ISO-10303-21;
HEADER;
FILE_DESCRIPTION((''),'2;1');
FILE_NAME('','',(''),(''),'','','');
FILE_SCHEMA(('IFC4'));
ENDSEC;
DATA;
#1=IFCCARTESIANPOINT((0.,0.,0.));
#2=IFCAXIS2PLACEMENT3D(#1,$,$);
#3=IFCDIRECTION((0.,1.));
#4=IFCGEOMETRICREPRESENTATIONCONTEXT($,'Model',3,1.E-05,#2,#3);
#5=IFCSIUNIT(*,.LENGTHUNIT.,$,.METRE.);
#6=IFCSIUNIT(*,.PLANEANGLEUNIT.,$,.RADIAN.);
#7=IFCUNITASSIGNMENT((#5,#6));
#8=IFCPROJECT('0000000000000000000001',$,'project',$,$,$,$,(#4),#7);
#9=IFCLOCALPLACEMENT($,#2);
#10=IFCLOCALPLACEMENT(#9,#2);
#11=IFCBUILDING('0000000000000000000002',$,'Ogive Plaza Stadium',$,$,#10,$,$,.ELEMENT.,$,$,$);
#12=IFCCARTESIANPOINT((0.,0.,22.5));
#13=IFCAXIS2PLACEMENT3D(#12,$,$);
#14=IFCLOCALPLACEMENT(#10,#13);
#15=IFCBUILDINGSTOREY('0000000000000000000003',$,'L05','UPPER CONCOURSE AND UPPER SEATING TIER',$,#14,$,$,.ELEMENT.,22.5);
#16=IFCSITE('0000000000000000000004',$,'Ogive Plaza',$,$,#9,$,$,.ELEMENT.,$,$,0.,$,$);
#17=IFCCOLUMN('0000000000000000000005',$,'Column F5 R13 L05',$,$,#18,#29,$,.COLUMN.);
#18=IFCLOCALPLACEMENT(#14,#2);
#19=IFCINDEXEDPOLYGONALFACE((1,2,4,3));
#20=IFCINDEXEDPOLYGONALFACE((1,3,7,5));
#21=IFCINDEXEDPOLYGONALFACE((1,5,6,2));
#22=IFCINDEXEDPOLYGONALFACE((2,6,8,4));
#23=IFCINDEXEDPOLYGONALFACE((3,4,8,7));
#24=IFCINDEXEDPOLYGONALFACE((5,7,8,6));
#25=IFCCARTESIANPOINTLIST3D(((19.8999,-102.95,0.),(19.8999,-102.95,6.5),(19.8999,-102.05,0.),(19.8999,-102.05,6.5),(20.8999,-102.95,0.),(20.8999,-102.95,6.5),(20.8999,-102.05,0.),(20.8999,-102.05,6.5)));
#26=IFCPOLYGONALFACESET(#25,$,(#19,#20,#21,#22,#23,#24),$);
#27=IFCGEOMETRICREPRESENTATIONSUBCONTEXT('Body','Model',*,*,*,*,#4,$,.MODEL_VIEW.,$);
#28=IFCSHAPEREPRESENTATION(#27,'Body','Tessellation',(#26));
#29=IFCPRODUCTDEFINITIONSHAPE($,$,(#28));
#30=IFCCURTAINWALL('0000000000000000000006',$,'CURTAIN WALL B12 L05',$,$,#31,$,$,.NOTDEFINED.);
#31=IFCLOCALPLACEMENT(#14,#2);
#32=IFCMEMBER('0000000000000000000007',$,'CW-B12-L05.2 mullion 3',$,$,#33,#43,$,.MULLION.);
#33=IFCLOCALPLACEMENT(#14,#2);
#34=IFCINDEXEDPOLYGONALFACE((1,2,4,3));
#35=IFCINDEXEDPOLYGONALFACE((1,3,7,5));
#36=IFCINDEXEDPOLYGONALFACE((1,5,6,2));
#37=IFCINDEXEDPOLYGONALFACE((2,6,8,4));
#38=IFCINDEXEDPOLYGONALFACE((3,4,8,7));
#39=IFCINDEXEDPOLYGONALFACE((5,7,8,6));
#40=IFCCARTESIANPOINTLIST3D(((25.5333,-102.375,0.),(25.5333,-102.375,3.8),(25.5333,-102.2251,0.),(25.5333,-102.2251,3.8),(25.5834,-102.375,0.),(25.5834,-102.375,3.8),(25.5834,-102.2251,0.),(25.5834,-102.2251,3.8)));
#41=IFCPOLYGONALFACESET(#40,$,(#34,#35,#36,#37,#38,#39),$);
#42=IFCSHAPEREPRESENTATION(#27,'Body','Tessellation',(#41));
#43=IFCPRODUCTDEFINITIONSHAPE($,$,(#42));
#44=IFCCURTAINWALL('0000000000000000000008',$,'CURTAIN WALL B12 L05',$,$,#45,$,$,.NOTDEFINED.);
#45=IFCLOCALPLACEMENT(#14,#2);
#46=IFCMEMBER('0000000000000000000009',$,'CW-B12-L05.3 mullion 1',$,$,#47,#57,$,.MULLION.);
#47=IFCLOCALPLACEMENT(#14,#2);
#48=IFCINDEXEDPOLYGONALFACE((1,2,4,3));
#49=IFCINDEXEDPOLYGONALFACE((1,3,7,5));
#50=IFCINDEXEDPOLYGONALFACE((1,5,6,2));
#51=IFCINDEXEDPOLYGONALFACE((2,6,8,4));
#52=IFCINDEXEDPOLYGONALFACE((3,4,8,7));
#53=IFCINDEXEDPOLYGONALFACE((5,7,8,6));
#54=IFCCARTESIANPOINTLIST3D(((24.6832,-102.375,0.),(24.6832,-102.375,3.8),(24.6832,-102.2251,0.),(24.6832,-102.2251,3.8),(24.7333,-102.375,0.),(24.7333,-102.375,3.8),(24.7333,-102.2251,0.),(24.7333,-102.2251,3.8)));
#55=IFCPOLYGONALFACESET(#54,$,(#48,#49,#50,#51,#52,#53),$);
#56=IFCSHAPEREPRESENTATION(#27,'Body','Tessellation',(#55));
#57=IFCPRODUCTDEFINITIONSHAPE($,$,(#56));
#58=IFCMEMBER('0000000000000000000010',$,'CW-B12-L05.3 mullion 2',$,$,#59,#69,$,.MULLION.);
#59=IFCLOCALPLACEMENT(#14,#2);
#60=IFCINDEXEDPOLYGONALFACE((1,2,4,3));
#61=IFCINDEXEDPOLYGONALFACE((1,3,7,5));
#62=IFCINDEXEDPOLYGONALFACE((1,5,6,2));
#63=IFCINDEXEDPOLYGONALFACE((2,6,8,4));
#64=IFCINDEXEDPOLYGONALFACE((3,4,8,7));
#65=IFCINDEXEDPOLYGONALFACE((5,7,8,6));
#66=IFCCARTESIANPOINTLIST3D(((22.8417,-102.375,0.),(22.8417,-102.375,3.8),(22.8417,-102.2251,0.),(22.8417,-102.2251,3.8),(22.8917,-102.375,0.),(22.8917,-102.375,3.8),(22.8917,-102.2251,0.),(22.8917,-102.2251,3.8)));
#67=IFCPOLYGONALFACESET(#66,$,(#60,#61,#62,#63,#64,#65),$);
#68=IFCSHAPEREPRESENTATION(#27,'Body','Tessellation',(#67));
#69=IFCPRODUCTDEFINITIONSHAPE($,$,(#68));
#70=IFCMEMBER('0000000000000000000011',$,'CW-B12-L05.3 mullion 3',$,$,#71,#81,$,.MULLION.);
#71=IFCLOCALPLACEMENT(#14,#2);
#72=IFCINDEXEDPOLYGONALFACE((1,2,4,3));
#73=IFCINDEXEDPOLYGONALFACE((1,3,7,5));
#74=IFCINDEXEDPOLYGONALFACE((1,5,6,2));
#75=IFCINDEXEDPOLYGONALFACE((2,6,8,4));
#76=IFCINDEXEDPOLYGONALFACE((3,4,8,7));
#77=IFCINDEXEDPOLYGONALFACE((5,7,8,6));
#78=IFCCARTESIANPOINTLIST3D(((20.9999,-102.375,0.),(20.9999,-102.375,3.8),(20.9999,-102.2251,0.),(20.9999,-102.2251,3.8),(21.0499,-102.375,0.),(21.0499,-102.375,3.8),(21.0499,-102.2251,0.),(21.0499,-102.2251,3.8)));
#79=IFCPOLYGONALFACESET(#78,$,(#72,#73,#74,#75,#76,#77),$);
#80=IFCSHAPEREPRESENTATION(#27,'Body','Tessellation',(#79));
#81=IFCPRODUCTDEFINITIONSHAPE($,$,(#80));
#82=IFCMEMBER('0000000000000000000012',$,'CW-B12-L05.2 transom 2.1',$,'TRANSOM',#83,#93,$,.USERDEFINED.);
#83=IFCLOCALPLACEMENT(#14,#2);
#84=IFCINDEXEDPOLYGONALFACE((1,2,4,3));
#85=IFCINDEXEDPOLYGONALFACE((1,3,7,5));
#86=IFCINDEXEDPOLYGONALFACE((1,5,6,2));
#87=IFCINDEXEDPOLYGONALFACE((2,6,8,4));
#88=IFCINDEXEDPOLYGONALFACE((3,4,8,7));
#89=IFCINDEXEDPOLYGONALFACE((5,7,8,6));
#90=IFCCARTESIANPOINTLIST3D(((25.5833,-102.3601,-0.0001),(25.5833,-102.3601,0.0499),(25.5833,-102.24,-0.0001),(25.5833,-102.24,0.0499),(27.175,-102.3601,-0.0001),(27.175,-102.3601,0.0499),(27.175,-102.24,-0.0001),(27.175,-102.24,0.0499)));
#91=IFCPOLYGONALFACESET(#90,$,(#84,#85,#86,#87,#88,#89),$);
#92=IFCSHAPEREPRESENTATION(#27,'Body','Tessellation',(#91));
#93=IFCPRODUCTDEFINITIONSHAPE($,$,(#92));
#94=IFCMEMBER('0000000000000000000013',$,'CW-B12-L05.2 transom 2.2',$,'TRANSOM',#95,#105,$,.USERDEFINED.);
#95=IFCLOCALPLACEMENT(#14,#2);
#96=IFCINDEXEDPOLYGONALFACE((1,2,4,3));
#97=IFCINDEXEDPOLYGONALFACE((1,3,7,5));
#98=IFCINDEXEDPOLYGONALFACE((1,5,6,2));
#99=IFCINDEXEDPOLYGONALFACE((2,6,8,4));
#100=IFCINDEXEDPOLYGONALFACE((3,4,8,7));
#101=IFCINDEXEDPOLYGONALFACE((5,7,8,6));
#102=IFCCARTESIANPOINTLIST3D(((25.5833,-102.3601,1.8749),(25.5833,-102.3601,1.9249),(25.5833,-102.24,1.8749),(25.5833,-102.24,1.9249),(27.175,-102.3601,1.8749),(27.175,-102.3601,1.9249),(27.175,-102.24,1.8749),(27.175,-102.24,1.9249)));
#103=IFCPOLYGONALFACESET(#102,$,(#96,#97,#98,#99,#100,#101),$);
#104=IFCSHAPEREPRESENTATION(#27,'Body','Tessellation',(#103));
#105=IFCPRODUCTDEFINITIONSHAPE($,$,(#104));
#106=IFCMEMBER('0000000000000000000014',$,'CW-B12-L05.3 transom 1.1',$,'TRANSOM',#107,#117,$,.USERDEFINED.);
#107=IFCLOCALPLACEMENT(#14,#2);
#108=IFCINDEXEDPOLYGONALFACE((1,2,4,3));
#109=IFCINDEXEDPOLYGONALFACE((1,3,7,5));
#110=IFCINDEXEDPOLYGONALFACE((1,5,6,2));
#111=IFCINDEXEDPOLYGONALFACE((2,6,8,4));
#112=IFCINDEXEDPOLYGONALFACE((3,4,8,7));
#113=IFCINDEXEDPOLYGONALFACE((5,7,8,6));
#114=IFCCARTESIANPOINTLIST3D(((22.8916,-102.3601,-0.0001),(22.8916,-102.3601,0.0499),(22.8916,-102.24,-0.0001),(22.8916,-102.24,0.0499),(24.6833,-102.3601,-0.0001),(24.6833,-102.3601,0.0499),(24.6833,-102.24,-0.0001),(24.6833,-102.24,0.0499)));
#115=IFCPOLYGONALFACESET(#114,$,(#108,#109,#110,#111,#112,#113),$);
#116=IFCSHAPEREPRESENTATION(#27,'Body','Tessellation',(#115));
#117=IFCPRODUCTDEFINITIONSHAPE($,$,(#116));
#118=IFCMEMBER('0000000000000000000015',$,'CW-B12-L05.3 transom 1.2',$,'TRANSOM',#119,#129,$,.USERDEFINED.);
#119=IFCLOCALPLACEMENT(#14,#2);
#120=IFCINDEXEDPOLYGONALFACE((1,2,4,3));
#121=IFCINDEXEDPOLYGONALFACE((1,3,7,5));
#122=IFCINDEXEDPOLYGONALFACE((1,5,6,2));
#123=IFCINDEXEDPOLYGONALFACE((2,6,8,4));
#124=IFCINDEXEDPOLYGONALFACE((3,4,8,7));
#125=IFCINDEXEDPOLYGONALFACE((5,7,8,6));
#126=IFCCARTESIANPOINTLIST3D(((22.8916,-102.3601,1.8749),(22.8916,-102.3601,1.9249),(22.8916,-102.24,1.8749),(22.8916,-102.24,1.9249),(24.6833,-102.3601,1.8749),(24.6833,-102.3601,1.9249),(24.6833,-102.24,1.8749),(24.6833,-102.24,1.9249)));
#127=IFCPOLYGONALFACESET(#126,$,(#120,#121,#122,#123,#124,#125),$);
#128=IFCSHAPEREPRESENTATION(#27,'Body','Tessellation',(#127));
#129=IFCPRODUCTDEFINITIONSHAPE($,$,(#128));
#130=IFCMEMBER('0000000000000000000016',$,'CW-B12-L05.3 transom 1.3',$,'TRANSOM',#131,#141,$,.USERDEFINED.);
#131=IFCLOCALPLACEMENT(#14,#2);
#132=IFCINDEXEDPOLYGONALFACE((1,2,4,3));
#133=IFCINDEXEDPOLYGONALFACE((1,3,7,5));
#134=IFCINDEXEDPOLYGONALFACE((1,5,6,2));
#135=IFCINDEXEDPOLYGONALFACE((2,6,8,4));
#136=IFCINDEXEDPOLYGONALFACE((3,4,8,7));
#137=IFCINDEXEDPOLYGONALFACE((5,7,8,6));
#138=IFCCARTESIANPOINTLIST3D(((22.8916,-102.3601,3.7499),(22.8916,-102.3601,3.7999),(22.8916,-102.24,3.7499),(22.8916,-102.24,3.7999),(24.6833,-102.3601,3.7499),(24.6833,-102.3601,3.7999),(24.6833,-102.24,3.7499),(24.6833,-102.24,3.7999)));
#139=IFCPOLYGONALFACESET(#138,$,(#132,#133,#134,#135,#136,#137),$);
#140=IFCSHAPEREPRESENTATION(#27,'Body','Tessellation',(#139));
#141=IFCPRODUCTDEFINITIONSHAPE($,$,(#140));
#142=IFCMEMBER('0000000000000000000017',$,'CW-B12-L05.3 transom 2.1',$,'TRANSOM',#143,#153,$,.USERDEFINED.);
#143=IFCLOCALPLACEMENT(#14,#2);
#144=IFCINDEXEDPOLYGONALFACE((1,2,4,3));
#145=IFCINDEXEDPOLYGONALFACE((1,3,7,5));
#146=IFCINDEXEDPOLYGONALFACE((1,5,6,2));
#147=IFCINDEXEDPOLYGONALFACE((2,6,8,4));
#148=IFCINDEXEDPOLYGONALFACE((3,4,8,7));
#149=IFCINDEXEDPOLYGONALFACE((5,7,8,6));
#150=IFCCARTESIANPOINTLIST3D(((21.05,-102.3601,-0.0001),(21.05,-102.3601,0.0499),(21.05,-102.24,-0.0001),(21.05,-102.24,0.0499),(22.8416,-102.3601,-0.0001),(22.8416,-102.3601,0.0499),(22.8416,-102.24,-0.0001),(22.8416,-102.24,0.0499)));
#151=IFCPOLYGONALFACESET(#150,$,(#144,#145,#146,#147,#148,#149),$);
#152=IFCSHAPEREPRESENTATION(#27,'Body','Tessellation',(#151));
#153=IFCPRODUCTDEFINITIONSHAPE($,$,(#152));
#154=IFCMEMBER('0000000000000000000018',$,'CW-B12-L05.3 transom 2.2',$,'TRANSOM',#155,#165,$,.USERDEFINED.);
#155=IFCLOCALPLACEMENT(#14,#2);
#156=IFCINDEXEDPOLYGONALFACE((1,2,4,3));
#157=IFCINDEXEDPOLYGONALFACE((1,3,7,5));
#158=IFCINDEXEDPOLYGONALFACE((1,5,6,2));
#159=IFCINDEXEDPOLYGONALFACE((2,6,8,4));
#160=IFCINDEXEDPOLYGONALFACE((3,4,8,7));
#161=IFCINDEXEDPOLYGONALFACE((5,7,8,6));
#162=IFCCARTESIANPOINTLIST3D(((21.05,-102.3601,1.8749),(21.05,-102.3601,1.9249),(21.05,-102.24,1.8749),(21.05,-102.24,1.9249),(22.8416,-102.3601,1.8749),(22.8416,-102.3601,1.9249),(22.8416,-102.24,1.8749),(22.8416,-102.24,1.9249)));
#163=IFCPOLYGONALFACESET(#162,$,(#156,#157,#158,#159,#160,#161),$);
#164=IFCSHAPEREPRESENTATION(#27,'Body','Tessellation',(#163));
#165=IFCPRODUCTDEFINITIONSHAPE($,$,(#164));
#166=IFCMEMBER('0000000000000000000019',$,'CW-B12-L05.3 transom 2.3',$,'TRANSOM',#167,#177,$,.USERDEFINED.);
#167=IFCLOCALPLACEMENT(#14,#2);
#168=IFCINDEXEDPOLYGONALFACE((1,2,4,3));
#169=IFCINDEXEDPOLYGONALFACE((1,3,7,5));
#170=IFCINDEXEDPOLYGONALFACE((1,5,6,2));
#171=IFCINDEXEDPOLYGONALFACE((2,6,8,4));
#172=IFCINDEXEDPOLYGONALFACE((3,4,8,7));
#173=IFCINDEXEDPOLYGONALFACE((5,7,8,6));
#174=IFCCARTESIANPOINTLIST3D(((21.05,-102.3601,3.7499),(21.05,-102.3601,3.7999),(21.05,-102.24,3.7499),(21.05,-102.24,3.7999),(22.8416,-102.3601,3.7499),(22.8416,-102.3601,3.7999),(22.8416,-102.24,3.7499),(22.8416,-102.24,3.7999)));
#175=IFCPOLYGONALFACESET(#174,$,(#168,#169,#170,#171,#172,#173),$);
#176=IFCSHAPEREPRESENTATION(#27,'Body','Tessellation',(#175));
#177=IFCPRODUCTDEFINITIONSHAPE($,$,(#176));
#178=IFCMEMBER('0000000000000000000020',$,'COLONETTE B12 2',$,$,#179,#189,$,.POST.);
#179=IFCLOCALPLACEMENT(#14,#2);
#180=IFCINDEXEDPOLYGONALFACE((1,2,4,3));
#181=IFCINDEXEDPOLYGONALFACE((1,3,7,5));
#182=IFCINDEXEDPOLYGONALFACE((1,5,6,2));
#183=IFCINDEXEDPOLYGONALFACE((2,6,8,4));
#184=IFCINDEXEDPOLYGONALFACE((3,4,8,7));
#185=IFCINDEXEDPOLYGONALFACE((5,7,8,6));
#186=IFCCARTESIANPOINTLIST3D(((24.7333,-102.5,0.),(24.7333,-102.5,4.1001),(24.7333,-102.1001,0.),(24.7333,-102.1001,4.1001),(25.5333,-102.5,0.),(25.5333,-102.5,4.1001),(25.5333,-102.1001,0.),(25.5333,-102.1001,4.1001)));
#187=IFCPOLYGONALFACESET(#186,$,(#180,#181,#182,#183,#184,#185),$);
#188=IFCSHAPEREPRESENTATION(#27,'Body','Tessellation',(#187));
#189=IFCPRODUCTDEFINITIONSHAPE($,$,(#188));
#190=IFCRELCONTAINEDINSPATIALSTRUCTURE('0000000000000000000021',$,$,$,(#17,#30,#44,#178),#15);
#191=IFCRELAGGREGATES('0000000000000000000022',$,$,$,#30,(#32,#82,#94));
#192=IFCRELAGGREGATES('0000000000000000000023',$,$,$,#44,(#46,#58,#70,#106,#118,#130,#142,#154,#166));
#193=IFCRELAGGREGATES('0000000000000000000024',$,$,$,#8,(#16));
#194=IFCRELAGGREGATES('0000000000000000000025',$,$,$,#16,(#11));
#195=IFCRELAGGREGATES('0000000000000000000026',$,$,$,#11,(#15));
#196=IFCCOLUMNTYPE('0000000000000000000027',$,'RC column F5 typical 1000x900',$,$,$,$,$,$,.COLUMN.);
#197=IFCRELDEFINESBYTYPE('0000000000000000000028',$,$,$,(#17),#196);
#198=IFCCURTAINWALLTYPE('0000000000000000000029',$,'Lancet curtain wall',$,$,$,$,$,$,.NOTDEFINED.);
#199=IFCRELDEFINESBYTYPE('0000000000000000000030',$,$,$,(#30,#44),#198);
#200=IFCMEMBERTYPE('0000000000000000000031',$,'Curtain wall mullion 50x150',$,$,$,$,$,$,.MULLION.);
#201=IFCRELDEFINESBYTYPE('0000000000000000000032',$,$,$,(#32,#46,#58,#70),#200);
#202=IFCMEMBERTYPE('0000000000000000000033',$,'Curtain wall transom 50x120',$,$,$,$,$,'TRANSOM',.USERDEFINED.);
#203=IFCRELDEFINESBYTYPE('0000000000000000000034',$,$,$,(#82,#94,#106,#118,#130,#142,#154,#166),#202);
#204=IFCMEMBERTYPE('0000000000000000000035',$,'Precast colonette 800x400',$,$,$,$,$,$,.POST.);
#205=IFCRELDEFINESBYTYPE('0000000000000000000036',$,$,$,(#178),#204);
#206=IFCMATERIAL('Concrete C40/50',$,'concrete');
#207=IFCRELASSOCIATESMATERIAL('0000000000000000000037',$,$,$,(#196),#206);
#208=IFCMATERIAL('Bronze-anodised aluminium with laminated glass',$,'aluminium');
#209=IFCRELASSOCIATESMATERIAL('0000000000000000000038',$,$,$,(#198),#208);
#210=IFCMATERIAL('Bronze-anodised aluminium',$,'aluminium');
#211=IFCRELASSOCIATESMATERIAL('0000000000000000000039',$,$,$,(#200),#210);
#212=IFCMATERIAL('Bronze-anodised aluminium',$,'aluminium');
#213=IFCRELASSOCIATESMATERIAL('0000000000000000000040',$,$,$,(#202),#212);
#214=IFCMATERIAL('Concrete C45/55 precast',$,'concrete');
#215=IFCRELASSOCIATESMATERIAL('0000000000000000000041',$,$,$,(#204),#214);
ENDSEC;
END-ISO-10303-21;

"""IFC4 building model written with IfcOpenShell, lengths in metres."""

from ifc_helpers import new_model, si_unit, direction, frame, origin, origin_2d, place, context, subcontext, project, spatial, rectangle, extrude, material, material_profile, profile_set, type_object, element, aggregate, save


model = new_model("IFC4")

# Units and contexts
model_context = context("Model", 3, precision=1e-05, world=origin(), true_north=direction((0.0, 1.0)))
body_context = subcontext(model_context, "Body", "Model", "MODEL_VIEW")
ifc_project = project(units=[si_unit("LENGTHUNIT", "METRE"), si_unit("PLANEANGLEUNIT", "RADIAN")], contexts=[model_context])

# Site, building, storey
site_placement = place(None, origin())
site = spatial("IfcSite", under=ifc_project, at=site_placement, Name="Ogive Plaza", CompositionType="ELEMENT", RefElevation=0.0)
building_placement = place(site_placement, origin())
building = spatial("IfcBuilding", under=site, at=building_placement, Name="Ogive Plaza Stadium", CompositionType="ELEMENT")
storey_placement = place(building_placement, frame((0.0, 0.0, 22.5)))
storey = spatial("IfcBuildingStorey", under=building, at=storey_placement, Name="L05", Description="UPPER CONCOURSE AND UPPER SEATING TIER", CompositionType="ELEMENT", Elevation=22.5)

# Column
ifc_material_1 = material(Name="Concrete C40/50", Category="concrete")
ifc_material_profile_1 = material_profile(ifc_material_1, rectangle(XDim=1.0, YDim=0.8999, at=origin_2d()), Name="RC 1000x900")
ifc_profile_set_1 = profile_set([ifc_material_profile_1], Name="Concrete C40/50")
column_type = type_object("IfcColumnType", Name="RC column F5 typical 1000x900", PredefinedType="COLUMN", material=ifc_profile_set_1)
column_placement = place(storey_placement, frame((20.3999, -102.5, 0.0), z_axis=(0.0, 0.0, 1.0), x_axis=(1.0, 0.0, 0.0)))
element("IfcColumn", 1, at=column_placement, inside=storey, type_object=column_type, Name="Column F5 R13 L05", PredefinedType="COLUMN", context=body_context, shape_type="SweptSolid", body=[
    extrude(rectangle(XDim=1.0, YDim=0.8999, at=origin_2d()), origin(), (0.0, 0.0, 1.0), 6.5),
])

# Curtain wall, member
ifc_material_2 = material(Name="Bronze-anodised aluminium with laminated glass", Category="aluminium")
curtain_wall_type = type_object("IfcCurtainWallType", Name="Lancet curtain wall", PredefinedType="NOTDEFINED", material=ifc_material_2)
curtain_wall_1_placement = place(storey_placement, origin())
curtain_wall_1 = element("IfcCurtainWall", 2, at=curtain_wall_1_placement, inside=storey, type_object=curtain_wall_type, Name="CURTAIN WALL B12 L05", PredefinedType="NOTDEFINED")
ifc_material_3 = material(Name="Bronze-anodised aluminium", Category="aluminium")
ifc_material_profile_2 = material_profile(ifc_material_3, rectangle(XDim=0.1499, YDim=0.05, at=origin_2d()), Name="AL 150x50")
ifc_profile_set_2 = profile_set([ifc_material_profile_2], Name="Bronze-anodised aluminium")
member_type_1 = type_object("IfcMemberType", Name="Curtain wall mullion 50x150", PredefinedType="MULLION", material=ifc_profile_set_2)
member_1_placement = place(storey_placement, frame((25.5583, -102.3, 0.0), z_axis=(0.0, 0.0, 1.0), x_axis=(0.0, -1.0, 0.0)))
member_1 = element("IfcMember", 3, at=member_1_placement, type_object=member_type_1, Name="CW-B12-L05.2 mullion 3", PredefinedType="MULLION", context=body_context, shape_type="SweptSolid", body=[
    extrude(rectangle(XDim=0.1499, YDim=0.05, at=origin_2d()), origin(), (0.0, 0.0, 1.0), 3.8),
])

# Curtain wall, members
curtain_wall_2_placement = place(storey_placement, origin())
curtain_wall_2 = element("IfcCurtainWall", 4, at=curtain_wall_2_placement, inside=storey, type_object=curtain_wall_type, Name="CURTAIN WALL B12 L05", PredefinedType="NOTDEFINED")
member_2_placement = place(storey_placement, frame((24.7083, -102.3, 0.0), z_axis=(0.0, 0.0, 1.0), x_axis=(0.0, -1.0, 0.0)))
member_2 = element("IfcMember", 5, at=member_2_placement, type_object=member_type_1, Name="CW-B12-L05.3 mullion 1", PredefinedType="MULLION", context=body_context, shape_type="SweptSolid", body=[
    extrude(rectangle(XDim=0.1499, YDim=0.05, at=origin_2d()), origin(), (0.0, 0.0, 1.0), 3.8),
])
member_3_placement = place(storey_placement, frame((22.8667, -102.3, 0.0), z_axis=(0.0, 0.0, 1.0), x_axis=(0.0, -1.0, 0.0)))
member_3 = element("IfcMember", 6, at=member_3_placement, type_object=member_type_1, Name="CW-B12-L05.3 mullion 2", PredefinedType="MULLION", context=body_context, shape_type="SweptSolid", body=[
    extrude(rectangle(XDim=0.1499, YDim=0.05, at=origin_2d()), origin(), (0.0, 0.0, 1.0), 3.8),
])
member_4_placement = place(storey_placement, frame((21.0249, -102.3, 0.0), z_axis=(0.0, 0.0, 1.0), x_axis=(0.0, -1.0, 0.0)))
member_4 = element("IfcMember", 7, at=member_4_placement, type_object=member_type_1, Name="CW-B12-L05.3 mullion 3", PredefinedType="MULLION", context=body_context, shape_type="SweptSolid", body=[
    extrude(rectangle(XDim=0.1499, YDim=0.05, at=origin_2d()), origin(), (0.0, 0.0, 1.0), 3.8),
])

# Members
ifc_material_4 = material(Name="Bronze-anodised aluminium", Category="aluminium")
ifc_material_profile_3 = material_profile(ifc_material_4, rectangle(XDim=0.1201, YDim=0.05, at=origin_2d()), Name="AL 120x50")
ifc_profile_set_3 = profile_set([ifc_material_profile_3], Name="Bronze-anodised aluminium")
member_type_2 = type_object("IfcMemberType", Name="Curtain wall transom 50x120", ElementType="TRANSOM", PredefinedType="USERDEFINED", material=ifc_profile_set_3)
member_5_placement = place(storey_placement, frame((27.175, -102.3, 0.0249), z_axis=(-1.0, 0.0, 0.0), x_axis=(0.0, -1.0, 0.0)))
member_5 = element("IfcMember", 8, at=member_5_placement, type_object=member_type_2, Name="CW-B12-L05.2 transom 2.1", ObjectType="TRANSOM", PredefinedType="USERDEFINED", context=body_context, shape_type="SweptSolid", body=[
    extrude(rectangle(XDim=0.1201, YDim=0.05, at=origin_2d()), origin(), (0.0, 0.0, 1.0), 1.5918),
])
member_6_placement = place(storey_placement, frame((27.175, -102.3, 1.8999), z_axis=(-1.0, 0.0, 0.0), x_axis=(0.0, -1.0, 0.0)))
member_6 = element("IfcMember", 9, at=member_6_placement, type_object=member_type_2, Name="CW-B12-L05.2 transom 2.2", ObjectType="TRANSOM", PredefinedType="USERDEFINED", context=body_context, shape_type="SweptSolid", body=[
    extrude(rectangle(XDim=0.1201, YDim=0.05, at=origin_2d()), origin(), (0.0, 0.0, 1.0), 1.5918),
])
member_7_placement = place(storey_placement, frame((24.6833, -102.3, 0.0249), z_axis=(-1.0, 0.0, 0.0), x_axis=(0.0, -1.0, 0.0)))
member_7 = element("IfcMember", 10, at=member_7_placement, type_object=member_type_2, Name="CW-B12-L05.3 transom 1.1", ObjectType="TRANSOM", PredefinedType="USERDEFINED", context=body_context, shape_type="SweptSolid", body=[
    extrude(rectangle(XDim=0.1201, YDim=0.05, at=origin_2d()), origin(), (0.0, 0.0, 1.0), 1.7917),
])
member_8_placement = place(storey_placement, frame((24.6833, -102.3, 1.8999), z_axis=(-1.0, 0.0, 0.0), x_axis=(0.0, -1.0, 0.0)))
member_8 = element("IfcMember", 11, at=member_8_placement, type_object=member_type_2, Name="CW-B12-L05.3 transom 1.2", ObjectType="TRANSOM", PredefinedType="USERDEFINED", context=body_context, shape_type="SweptSolid", body=[
    extrude(rectangle(XDim=0.1201, YDim=0.05, at=origin_2d()), origin(), (0.0, 0.0, 1.0), 1.7917),
])
member_9_placement = place(storey_placement, frame((24.6833, -102.3, 3.7749), z_axis=(-1.0, 0.0, 0.0), x_axis=(0.0, -1.0, 0.0)))
member_9 = element("IfcMember", 12, at=member_9_placement, type_object=member_type_2, Name="CW-B12-L05.3 transom 1.3", ObjectType="TRANSOM", PredefinedType="USERDEFINED", context=body_context, shape_type="SweptSolid", body=[
    extrude(rectangle(XDim=0.1201, YDim=0.05, at=origin_2d()), origin(), (0.0, 0.0, 1.0), 1.7917),
])
member_10_placement = place(storey_placement, frame((22.8416, -102.3, 0.0249), z_axis=(-1.0, 0.0, 0.0), x_axis=(0.0, -1.0, 0.0)))
member_10 = element("IfcMember", 13, at=member_10_placement, type_object=member_type_2, Name="CW-B12-L05.3 transom 2.1", ObjectType="TRANSOM", PredefinedType="USERDEFINED", context=body_context, shape_type="SweptSolid", body=[
    extrude(rectangle(XDim=0.1201, YDim=0.05, at=origin_2d()), origin(), (0.0, 0.0, 1.0), 1.7915),
])
member_11_placement = place(storey_placement, frame((22.8416, -102.3, 1.8999), z_axis=(-1.0, 0.0, 0.0), x_axis=(0.0, -1.0, 0.0)))
member_11 = element("IfcMember", 14, at=member_11_placement, type_object=member_type_2, Name="CW-B12-L05.3 transom 2.2", ObjectType="TRANSOM", PredefinedType="USERDEFINED", context=body_context, shape_type="SweptSolid", body=[
    extrude(rectangle(XDim=0.1201, YDim=0.05, at=origin_2d()), origin(), (0.0, 0.0, 1.0), 1.7915),
])
member_12_placement = place(storey_placement, frame((22.8416, -102.3, 3.7749), z_axis=(-1.0, 0.0, 0.0), x_axis=(0.0, -1.0, 0.0)))
member_12 = element("IfcMember", 15, at=member_12_placement, type_object=member_type_2, Name="CW-B12-L05.3 transom 2.3", ObjectType="TRANSOM", PredefinedType="USERDEFINED", context=body_context, shape_type="SweptSolid", body=[
    extrude(rectangle(XDim=0.1201, YDim=0.05, at=origin_2d()), origin(), (0.0, 0.0, 1.0), 1.7915),
])
ifc_material_5 = material(Name="Concrete C45/55 precast", Category="concrete")
ifc_material_profile_4 = material_profile(ifc_material_5, rectangle(XDim=0.3999, YDim=0.8, at=origin_2d()), Name="RC 400x800")
ifc_profile_set_4 = profile_set([ifc_material_profile_4], Name="Concrete C45/55 precast")
member_type_3 = type_object("IfcMemberType", Name="Precast colonette 800x400", PredefinedType="POST", material=ifc_profile_set_4)
member_13_placement = place(storey_placement, frame((25.1333, -102.3, 0.0), z_axis=(0.0, 0.0, 1.0), x_axis=(0.0, -1.0, 0.0)))
element("IfcMember", 16, at=member_13_placement, inside=storey, type_object=member_type_3, Name="COLONETTE B12 2", PredefinedType="POST", context=body_context, shape_type="SweptSolid", body=[
    extrude(rectangle(XDim=0.3999, YDim=0.8, at=origin_2d()), origin(), (0.0, 0.0, 1.0), 4.1001),
])

aggregate(curtain_wall_1, [member_1, member_5, member_6])
aggregate(curtain_wall_2, [member_2, member_3, member_4, member_7, member_8, member_9, member_10, member_11, member_12])

save(model, "model.ifc")
